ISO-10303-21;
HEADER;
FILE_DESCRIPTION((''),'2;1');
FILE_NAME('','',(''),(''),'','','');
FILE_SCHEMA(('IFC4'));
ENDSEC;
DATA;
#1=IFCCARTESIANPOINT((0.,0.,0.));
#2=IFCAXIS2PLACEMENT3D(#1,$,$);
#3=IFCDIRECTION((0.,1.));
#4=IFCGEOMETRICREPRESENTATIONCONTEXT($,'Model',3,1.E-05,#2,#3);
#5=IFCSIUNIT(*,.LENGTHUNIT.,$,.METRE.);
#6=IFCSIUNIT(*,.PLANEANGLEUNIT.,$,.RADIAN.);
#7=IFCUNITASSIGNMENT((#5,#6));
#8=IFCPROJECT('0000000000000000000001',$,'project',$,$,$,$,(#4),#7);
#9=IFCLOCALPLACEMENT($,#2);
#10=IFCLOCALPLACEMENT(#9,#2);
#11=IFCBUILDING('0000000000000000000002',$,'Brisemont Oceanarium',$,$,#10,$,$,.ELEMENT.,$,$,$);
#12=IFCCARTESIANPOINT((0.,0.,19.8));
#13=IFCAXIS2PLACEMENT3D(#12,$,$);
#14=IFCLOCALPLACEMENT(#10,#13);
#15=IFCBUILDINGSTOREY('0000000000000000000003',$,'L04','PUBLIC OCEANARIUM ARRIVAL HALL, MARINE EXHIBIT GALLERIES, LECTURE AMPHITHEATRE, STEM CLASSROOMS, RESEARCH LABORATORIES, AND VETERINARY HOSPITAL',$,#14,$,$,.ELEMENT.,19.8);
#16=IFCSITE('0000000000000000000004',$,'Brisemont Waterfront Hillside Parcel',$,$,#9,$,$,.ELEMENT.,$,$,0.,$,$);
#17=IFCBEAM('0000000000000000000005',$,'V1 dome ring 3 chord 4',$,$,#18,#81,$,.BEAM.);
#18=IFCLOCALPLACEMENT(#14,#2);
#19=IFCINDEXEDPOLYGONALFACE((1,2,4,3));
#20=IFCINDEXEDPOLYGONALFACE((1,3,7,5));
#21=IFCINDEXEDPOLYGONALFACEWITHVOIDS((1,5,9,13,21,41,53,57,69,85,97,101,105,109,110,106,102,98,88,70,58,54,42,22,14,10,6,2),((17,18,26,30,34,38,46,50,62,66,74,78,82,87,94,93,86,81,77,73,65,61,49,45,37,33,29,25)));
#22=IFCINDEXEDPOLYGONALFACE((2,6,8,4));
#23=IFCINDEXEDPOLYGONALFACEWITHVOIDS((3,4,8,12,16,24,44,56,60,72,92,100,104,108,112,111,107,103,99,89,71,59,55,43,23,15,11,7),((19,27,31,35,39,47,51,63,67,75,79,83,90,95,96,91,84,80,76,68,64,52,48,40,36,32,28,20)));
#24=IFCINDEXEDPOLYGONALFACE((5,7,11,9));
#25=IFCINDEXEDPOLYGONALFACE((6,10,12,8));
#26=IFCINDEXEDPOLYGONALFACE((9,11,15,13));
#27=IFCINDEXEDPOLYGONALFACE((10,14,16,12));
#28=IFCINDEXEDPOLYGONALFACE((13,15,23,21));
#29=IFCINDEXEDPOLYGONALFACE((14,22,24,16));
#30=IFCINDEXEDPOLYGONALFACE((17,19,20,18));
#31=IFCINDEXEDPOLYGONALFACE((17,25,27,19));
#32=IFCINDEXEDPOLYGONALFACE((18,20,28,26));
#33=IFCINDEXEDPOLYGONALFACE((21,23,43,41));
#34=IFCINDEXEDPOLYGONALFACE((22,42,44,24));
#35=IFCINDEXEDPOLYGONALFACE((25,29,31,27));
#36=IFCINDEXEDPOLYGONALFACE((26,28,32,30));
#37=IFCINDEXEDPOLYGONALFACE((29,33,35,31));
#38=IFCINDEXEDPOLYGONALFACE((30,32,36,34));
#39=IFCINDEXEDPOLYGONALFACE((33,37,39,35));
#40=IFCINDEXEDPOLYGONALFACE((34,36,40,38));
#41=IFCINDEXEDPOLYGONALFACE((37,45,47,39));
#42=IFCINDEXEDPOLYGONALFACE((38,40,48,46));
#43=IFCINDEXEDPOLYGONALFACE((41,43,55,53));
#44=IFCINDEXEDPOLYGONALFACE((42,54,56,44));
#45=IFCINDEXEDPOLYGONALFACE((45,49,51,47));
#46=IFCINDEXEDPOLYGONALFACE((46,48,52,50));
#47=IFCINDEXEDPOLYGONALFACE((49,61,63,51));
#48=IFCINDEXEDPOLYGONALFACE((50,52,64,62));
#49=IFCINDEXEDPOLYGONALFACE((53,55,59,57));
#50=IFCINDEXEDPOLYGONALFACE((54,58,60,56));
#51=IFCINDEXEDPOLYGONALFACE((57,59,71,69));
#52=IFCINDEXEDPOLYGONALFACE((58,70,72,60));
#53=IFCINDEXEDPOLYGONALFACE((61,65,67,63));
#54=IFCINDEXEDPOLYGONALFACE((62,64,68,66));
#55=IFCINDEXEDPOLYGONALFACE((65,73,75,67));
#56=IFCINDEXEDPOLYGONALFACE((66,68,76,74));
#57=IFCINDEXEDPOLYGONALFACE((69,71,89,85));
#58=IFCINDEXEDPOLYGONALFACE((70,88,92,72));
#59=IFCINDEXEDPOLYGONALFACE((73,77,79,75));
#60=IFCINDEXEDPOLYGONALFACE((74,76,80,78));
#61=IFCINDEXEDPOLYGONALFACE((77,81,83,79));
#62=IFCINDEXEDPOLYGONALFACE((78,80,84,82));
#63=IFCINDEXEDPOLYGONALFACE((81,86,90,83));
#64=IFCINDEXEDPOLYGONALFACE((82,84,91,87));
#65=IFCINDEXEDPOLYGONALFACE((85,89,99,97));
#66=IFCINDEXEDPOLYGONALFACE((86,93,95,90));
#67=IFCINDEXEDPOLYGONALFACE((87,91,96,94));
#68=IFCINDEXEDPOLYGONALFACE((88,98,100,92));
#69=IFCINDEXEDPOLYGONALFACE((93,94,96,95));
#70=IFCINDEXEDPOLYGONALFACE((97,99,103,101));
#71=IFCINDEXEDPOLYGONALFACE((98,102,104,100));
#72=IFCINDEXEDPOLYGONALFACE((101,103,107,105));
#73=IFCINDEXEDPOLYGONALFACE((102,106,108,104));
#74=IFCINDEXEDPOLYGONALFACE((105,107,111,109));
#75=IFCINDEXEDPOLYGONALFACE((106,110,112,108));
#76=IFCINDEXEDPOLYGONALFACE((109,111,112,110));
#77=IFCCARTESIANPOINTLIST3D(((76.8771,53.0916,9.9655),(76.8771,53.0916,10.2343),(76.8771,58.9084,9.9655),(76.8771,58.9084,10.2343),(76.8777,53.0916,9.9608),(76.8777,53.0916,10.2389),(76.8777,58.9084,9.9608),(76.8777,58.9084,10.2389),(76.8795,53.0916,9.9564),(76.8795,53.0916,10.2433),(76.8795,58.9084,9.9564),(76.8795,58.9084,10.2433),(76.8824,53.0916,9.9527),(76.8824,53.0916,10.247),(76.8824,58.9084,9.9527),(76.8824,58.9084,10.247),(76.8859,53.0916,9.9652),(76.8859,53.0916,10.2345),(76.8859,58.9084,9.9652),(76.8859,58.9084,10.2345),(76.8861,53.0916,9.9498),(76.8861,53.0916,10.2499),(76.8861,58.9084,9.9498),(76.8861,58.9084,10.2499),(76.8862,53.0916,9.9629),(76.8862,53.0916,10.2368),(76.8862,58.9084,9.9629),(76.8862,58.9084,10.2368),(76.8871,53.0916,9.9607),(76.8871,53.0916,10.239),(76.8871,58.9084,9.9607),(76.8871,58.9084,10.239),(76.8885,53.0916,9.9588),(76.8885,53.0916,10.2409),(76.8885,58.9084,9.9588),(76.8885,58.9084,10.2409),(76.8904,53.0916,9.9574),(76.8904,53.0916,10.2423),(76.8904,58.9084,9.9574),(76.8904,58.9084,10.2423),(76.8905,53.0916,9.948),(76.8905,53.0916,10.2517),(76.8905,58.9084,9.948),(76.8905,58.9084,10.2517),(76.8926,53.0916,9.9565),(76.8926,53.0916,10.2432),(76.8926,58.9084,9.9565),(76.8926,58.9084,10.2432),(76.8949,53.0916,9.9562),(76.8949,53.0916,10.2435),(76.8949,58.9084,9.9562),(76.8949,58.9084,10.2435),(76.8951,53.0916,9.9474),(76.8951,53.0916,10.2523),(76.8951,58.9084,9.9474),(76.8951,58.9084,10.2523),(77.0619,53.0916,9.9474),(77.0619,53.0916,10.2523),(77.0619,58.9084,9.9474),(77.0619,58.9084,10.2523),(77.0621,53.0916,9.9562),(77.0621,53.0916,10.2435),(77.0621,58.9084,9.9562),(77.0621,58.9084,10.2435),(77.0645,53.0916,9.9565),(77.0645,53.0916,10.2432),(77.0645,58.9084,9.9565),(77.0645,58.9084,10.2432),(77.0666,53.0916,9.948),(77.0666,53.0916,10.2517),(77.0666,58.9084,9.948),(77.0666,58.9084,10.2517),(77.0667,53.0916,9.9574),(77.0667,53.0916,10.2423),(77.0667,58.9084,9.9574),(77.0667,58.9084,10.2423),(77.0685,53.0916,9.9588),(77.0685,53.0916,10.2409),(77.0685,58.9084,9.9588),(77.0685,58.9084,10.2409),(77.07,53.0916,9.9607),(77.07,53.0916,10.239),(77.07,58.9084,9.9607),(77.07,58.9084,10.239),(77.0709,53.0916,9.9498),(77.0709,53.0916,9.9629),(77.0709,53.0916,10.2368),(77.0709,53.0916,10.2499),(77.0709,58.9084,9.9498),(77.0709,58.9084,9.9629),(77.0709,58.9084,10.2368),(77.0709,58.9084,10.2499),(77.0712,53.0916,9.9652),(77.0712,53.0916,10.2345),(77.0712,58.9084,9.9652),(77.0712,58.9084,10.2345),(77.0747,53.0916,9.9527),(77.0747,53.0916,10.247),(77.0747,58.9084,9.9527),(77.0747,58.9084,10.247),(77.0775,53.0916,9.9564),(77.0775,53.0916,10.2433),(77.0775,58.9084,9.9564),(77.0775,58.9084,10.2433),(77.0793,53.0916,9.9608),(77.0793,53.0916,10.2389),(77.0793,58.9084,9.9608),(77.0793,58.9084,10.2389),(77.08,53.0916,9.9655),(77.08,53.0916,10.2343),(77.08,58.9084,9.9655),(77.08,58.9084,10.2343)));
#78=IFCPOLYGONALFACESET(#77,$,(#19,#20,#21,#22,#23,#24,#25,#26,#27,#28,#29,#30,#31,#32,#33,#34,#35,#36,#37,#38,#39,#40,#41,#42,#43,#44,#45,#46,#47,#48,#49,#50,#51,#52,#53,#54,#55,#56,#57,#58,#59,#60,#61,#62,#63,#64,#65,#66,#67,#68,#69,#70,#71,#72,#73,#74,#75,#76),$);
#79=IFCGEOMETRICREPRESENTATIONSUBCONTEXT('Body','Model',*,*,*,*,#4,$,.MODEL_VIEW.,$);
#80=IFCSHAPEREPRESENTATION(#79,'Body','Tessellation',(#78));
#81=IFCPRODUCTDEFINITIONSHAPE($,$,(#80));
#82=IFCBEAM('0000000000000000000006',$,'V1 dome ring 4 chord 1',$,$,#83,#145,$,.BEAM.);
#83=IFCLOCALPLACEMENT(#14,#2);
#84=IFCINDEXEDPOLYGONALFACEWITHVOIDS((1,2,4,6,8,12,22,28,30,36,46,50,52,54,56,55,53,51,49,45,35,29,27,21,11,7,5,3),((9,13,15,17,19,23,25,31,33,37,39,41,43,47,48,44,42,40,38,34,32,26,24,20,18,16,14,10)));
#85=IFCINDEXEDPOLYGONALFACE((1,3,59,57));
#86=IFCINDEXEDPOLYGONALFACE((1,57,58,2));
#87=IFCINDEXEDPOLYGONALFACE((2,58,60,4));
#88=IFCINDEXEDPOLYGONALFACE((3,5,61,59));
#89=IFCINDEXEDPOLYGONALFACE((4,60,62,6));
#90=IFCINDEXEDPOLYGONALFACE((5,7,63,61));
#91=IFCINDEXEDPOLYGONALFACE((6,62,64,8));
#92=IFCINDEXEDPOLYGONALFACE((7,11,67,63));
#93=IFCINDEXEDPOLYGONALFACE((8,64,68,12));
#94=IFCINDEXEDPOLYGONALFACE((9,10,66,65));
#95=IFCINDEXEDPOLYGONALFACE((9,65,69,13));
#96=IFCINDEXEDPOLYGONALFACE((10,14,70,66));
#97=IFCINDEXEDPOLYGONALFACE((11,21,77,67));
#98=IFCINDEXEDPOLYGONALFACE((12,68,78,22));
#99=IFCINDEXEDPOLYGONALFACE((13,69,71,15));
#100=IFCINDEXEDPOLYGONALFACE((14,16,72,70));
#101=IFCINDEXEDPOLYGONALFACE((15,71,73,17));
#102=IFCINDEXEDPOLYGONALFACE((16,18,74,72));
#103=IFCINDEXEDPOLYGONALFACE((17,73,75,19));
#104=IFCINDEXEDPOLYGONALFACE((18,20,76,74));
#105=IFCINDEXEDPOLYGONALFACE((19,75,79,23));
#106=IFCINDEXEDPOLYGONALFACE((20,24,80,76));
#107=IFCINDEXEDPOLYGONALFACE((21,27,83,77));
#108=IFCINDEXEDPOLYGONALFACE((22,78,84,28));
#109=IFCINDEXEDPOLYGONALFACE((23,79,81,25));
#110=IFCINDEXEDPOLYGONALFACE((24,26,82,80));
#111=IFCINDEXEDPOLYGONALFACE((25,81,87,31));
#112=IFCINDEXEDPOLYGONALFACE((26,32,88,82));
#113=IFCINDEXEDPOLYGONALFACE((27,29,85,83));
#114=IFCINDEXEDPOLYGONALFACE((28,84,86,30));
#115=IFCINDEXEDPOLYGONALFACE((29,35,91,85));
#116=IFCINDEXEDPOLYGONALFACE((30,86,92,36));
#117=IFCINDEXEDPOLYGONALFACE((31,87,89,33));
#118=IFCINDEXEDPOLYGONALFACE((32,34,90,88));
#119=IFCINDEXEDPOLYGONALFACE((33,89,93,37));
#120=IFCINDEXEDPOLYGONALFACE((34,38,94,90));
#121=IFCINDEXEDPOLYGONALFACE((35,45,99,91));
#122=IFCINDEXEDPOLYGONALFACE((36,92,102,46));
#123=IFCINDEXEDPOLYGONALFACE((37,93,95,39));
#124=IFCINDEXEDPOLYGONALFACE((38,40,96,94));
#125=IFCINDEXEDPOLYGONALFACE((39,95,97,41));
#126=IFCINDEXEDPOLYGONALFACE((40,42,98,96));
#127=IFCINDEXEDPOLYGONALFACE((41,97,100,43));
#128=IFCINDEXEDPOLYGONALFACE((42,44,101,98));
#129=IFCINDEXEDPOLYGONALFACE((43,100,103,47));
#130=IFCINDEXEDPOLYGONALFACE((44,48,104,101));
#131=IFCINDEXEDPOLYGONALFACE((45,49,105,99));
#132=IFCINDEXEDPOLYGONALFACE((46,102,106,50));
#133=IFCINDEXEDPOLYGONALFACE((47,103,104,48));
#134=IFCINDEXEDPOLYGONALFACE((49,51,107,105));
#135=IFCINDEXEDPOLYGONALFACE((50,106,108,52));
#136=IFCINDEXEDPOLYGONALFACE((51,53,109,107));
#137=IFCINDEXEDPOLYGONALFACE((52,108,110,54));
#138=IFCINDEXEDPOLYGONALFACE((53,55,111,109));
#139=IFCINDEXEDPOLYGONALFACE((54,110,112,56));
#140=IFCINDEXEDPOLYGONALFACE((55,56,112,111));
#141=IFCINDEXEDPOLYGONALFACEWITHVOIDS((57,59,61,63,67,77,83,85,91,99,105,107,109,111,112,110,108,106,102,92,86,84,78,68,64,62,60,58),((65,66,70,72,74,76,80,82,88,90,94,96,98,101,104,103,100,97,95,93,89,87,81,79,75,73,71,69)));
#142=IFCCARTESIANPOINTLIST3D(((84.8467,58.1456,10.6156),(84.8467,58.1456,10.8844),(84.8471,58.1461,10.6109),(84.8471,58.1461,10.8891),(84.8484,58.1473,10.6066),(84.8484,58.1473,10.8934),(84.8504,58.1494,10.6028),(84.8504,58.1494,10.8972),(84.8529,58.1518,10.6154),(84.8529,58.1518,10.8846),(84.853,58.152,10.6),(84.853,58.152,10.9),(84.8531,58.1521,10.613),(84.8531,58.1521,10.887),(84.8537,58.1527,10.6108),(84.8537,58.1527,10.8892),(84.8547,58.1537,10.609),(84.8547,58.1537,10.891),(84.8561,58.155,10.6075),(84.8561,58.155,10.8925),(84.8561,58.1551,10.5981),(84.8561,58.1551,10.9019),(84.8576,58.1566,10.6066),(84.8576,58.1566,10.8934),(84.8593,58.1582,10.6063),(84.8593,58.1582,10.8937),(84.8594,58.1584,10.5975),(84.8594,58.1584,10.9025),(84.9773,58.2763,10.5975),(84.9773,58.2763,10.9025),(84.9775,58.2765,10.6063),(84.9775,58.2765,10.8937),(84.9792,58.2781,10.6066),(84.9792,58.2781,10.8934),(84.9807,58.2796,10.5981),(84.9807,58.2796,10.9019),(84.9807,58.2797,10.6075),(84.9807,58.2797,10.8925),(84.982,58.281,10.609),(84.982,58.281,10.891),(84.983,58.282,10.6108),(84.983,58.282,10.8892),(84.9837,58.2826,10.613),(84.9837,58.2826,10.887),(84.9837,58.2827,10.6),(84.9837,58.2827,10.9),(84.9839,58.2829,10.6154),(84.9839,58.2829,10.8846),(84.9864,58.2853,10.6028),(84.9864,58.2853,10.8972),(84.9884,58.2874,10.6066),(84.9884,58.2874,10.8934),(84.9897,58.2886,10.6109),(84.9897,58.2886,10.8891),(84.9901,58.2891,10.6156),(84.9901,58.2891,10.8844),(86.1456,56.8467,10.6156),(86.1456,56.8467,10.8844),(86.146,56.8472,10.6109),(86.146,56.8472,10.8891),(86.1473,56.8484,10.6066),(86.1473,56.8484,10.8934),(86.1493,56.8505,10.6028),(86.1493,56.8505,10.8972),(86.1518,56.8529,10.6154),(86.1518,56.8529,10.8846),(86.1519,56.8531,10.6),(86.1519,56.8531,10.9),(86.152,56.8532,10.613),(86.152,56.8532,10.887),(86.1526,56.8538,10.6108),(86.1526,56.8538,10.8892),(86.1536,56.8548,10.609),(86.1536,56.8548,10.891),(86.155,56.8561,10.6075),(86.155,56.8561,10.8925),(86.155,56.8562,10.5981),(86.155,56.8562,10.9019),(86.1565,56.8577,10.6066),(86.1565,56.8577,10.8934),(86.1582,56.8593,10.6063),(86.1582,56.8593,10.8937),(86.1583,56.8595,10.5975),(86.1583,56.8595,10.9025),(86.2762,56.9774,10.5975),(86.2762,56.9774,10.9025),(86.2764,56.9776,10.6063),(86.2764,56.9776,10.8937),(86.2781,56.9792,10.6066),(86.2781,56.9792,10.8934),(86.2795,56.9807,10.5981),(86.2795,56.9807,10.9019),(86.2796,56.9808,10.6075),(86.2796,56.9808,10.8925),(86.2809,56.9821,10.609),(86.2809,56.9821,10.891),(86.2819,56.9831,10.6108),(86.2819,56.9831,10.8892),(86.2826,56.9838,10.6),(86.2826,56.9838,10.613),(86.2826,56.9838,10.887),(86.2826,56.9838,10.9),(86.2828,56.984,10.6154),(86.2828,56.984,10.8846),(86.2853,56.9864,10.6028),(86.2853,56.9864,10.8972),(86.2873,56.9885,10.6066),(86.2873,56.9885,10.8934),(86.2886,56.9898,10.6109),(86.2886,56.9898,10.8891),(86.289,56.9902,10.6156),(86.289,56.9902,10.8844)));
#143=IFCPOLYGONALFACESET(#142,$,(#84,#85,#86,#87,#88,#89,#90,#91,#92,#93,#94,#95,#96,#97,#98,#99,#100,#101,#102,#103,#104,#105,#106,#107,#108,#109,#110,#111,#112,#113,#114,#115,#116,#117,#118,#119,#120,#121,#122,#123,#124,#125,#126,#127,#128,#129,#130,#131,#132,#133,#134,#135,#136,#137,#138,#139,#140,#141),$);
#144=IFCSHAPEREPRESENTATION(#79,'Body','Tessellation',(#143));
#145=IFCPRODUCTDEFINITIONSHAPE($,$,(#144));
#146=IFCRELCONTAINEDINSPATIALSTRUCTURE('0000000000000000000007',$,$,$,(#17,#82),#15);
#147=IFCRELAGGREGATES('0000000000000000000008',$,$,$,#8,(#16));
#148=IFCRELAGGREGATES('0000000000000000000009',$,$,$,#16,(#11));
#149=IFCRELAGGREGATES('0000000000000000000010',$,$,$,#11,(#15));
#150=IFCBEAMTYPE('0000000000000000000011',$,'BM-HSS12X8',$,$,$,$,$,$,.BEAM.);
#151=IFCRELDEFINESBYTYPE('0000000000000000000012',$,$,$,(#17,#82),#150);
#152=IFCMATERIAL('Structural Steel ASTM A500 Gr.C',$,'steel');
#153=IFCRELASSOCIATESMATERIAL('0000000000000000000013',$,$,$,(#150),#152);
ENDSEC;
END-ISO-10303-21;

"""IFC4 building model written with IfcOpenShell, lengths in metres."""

from ifc_helpers import new_model, si_unit, direction, frame, origin, origin_2d, place, context, subcontext, project, spatial, hollow_rectangle, extrude, material, material_profile, profile_set, type_object, element, save


model = new_model("IFC4")

# Units and contexts
model_context = context("Model", 3, precision=1e-05, world=origin(), true_north=direction((0.0, 1.0)))
body_context = subcontext(model_context, "Body", "Model", "MODEL_VIEW")
ifc_project = project(units=[si_unit("LENGTHUNIT", "METRE"), si_unit("PLANEANGLEUNIT", "RADIAN")], contexts=[model_context])

# Site, building, storey
site_placement = place(None, origin())
site = spatial("IfcSite", under=ifc_project, at=site_placement, Name="Brisemont Waterfront Hillside Parcel", CompositionType="ELEMENT", RefElevation=0.0)
building_placement = place(site_placement, origin())
building = spatial("IfcBuilding", under=site, at=building_placement, Name="Brisemont Oceanarium", CompositionType="ELEMENT")
storey_placement = place(building_placement, frame((0.0, 0.0, 19.8)))
storey = spatial("IfcBuildingStorey", under=building, at=storey_placement, Name="L04", Description="PUBLIC OCEANARIUM ARRIVAL HALL, MARINE EXHIBIT GALLERIES, LECTURE AMPHITHEATRE, STEM CLASSROOMS, RESEARCH LABORATORIES, AND VETERINARY HOSPITAL", CompositionType="ELEMENT", Elevation=19.8)

# Beams
ifc_material_1 = material(Name="Structural Steel ASTM A500 Gr.C", Category="steel")
ifc_material_profile_1 = material_profile(ifc_material_1, hollow_rectangle(XDim=0.2029, YDim=0.3049, WallThickness=0.0088, InnerFilletRadius=0.009, OuterFilletRadius=0.0181, at=origin_2d()), Name="HSS12X8X3/8")
ifc_profile_set_1 = profile_set([ifc_material_profile_1], Name="Structural Steel ASTM A500 Gr.C")
beam_type_1 = type_object("IfcBeamType", Name="BM-HSS12X8", PredefinedType="BEAM", material=ifc_profile_set_1)
beam_1_placement = place(storey_placement, frame((76.9785, 58.9084, 10.0999), z_axis=(0.0, -1.0, 0.0), x_axis=(1.0, 0.0, 0.0)))
element("IfcBeam", 1, at=beam_1_placement, inside=storey, type_object=beam_type_1, Name="V1 dome ring 3 chord 4", PredefinedType="BEAM", context=body_context, shape_type="SweptSolid", body=[
    extrude(hollow_rectangle(XDim=0.2029, YDim=0.3049, WallThickness=0.0088, InnerFilletRadius=0.009, OuterFilletRadius=0.0181, at=origin_2d()), origin(), (0.0, 0.0, 1.0), 5.8169),
])
for number, where, z_axis, x_axis, name in (
    (2, (86.2173, 56.9185, 10.75), (-0.707107, 0.707107, 0.0), (-0.707107, -0.707107, 0.0), "V1 dome ring 4 chord 1"),
):
    element("IfcBeam", number, at=place(storey_placement, frame(where, z_axis=z_axis, x_axis=x_axis)), inside=storey, type_object=beam_type_1, Name=name, PredefinedType="BEAM", context=body_context, shape_type="SweptSolid", body=[
        extrude(hollow_rectangle(XDim=0.2029, YDim=0.3049, WallThickness=0.0088, InnerFilletRadius=0.009, OuterFilletRadius=0.0181, at=origin_2d()), origin(), (0.0, 0.0, 1.0), 1.8369),
    ])

save(model, "model.ifc")
